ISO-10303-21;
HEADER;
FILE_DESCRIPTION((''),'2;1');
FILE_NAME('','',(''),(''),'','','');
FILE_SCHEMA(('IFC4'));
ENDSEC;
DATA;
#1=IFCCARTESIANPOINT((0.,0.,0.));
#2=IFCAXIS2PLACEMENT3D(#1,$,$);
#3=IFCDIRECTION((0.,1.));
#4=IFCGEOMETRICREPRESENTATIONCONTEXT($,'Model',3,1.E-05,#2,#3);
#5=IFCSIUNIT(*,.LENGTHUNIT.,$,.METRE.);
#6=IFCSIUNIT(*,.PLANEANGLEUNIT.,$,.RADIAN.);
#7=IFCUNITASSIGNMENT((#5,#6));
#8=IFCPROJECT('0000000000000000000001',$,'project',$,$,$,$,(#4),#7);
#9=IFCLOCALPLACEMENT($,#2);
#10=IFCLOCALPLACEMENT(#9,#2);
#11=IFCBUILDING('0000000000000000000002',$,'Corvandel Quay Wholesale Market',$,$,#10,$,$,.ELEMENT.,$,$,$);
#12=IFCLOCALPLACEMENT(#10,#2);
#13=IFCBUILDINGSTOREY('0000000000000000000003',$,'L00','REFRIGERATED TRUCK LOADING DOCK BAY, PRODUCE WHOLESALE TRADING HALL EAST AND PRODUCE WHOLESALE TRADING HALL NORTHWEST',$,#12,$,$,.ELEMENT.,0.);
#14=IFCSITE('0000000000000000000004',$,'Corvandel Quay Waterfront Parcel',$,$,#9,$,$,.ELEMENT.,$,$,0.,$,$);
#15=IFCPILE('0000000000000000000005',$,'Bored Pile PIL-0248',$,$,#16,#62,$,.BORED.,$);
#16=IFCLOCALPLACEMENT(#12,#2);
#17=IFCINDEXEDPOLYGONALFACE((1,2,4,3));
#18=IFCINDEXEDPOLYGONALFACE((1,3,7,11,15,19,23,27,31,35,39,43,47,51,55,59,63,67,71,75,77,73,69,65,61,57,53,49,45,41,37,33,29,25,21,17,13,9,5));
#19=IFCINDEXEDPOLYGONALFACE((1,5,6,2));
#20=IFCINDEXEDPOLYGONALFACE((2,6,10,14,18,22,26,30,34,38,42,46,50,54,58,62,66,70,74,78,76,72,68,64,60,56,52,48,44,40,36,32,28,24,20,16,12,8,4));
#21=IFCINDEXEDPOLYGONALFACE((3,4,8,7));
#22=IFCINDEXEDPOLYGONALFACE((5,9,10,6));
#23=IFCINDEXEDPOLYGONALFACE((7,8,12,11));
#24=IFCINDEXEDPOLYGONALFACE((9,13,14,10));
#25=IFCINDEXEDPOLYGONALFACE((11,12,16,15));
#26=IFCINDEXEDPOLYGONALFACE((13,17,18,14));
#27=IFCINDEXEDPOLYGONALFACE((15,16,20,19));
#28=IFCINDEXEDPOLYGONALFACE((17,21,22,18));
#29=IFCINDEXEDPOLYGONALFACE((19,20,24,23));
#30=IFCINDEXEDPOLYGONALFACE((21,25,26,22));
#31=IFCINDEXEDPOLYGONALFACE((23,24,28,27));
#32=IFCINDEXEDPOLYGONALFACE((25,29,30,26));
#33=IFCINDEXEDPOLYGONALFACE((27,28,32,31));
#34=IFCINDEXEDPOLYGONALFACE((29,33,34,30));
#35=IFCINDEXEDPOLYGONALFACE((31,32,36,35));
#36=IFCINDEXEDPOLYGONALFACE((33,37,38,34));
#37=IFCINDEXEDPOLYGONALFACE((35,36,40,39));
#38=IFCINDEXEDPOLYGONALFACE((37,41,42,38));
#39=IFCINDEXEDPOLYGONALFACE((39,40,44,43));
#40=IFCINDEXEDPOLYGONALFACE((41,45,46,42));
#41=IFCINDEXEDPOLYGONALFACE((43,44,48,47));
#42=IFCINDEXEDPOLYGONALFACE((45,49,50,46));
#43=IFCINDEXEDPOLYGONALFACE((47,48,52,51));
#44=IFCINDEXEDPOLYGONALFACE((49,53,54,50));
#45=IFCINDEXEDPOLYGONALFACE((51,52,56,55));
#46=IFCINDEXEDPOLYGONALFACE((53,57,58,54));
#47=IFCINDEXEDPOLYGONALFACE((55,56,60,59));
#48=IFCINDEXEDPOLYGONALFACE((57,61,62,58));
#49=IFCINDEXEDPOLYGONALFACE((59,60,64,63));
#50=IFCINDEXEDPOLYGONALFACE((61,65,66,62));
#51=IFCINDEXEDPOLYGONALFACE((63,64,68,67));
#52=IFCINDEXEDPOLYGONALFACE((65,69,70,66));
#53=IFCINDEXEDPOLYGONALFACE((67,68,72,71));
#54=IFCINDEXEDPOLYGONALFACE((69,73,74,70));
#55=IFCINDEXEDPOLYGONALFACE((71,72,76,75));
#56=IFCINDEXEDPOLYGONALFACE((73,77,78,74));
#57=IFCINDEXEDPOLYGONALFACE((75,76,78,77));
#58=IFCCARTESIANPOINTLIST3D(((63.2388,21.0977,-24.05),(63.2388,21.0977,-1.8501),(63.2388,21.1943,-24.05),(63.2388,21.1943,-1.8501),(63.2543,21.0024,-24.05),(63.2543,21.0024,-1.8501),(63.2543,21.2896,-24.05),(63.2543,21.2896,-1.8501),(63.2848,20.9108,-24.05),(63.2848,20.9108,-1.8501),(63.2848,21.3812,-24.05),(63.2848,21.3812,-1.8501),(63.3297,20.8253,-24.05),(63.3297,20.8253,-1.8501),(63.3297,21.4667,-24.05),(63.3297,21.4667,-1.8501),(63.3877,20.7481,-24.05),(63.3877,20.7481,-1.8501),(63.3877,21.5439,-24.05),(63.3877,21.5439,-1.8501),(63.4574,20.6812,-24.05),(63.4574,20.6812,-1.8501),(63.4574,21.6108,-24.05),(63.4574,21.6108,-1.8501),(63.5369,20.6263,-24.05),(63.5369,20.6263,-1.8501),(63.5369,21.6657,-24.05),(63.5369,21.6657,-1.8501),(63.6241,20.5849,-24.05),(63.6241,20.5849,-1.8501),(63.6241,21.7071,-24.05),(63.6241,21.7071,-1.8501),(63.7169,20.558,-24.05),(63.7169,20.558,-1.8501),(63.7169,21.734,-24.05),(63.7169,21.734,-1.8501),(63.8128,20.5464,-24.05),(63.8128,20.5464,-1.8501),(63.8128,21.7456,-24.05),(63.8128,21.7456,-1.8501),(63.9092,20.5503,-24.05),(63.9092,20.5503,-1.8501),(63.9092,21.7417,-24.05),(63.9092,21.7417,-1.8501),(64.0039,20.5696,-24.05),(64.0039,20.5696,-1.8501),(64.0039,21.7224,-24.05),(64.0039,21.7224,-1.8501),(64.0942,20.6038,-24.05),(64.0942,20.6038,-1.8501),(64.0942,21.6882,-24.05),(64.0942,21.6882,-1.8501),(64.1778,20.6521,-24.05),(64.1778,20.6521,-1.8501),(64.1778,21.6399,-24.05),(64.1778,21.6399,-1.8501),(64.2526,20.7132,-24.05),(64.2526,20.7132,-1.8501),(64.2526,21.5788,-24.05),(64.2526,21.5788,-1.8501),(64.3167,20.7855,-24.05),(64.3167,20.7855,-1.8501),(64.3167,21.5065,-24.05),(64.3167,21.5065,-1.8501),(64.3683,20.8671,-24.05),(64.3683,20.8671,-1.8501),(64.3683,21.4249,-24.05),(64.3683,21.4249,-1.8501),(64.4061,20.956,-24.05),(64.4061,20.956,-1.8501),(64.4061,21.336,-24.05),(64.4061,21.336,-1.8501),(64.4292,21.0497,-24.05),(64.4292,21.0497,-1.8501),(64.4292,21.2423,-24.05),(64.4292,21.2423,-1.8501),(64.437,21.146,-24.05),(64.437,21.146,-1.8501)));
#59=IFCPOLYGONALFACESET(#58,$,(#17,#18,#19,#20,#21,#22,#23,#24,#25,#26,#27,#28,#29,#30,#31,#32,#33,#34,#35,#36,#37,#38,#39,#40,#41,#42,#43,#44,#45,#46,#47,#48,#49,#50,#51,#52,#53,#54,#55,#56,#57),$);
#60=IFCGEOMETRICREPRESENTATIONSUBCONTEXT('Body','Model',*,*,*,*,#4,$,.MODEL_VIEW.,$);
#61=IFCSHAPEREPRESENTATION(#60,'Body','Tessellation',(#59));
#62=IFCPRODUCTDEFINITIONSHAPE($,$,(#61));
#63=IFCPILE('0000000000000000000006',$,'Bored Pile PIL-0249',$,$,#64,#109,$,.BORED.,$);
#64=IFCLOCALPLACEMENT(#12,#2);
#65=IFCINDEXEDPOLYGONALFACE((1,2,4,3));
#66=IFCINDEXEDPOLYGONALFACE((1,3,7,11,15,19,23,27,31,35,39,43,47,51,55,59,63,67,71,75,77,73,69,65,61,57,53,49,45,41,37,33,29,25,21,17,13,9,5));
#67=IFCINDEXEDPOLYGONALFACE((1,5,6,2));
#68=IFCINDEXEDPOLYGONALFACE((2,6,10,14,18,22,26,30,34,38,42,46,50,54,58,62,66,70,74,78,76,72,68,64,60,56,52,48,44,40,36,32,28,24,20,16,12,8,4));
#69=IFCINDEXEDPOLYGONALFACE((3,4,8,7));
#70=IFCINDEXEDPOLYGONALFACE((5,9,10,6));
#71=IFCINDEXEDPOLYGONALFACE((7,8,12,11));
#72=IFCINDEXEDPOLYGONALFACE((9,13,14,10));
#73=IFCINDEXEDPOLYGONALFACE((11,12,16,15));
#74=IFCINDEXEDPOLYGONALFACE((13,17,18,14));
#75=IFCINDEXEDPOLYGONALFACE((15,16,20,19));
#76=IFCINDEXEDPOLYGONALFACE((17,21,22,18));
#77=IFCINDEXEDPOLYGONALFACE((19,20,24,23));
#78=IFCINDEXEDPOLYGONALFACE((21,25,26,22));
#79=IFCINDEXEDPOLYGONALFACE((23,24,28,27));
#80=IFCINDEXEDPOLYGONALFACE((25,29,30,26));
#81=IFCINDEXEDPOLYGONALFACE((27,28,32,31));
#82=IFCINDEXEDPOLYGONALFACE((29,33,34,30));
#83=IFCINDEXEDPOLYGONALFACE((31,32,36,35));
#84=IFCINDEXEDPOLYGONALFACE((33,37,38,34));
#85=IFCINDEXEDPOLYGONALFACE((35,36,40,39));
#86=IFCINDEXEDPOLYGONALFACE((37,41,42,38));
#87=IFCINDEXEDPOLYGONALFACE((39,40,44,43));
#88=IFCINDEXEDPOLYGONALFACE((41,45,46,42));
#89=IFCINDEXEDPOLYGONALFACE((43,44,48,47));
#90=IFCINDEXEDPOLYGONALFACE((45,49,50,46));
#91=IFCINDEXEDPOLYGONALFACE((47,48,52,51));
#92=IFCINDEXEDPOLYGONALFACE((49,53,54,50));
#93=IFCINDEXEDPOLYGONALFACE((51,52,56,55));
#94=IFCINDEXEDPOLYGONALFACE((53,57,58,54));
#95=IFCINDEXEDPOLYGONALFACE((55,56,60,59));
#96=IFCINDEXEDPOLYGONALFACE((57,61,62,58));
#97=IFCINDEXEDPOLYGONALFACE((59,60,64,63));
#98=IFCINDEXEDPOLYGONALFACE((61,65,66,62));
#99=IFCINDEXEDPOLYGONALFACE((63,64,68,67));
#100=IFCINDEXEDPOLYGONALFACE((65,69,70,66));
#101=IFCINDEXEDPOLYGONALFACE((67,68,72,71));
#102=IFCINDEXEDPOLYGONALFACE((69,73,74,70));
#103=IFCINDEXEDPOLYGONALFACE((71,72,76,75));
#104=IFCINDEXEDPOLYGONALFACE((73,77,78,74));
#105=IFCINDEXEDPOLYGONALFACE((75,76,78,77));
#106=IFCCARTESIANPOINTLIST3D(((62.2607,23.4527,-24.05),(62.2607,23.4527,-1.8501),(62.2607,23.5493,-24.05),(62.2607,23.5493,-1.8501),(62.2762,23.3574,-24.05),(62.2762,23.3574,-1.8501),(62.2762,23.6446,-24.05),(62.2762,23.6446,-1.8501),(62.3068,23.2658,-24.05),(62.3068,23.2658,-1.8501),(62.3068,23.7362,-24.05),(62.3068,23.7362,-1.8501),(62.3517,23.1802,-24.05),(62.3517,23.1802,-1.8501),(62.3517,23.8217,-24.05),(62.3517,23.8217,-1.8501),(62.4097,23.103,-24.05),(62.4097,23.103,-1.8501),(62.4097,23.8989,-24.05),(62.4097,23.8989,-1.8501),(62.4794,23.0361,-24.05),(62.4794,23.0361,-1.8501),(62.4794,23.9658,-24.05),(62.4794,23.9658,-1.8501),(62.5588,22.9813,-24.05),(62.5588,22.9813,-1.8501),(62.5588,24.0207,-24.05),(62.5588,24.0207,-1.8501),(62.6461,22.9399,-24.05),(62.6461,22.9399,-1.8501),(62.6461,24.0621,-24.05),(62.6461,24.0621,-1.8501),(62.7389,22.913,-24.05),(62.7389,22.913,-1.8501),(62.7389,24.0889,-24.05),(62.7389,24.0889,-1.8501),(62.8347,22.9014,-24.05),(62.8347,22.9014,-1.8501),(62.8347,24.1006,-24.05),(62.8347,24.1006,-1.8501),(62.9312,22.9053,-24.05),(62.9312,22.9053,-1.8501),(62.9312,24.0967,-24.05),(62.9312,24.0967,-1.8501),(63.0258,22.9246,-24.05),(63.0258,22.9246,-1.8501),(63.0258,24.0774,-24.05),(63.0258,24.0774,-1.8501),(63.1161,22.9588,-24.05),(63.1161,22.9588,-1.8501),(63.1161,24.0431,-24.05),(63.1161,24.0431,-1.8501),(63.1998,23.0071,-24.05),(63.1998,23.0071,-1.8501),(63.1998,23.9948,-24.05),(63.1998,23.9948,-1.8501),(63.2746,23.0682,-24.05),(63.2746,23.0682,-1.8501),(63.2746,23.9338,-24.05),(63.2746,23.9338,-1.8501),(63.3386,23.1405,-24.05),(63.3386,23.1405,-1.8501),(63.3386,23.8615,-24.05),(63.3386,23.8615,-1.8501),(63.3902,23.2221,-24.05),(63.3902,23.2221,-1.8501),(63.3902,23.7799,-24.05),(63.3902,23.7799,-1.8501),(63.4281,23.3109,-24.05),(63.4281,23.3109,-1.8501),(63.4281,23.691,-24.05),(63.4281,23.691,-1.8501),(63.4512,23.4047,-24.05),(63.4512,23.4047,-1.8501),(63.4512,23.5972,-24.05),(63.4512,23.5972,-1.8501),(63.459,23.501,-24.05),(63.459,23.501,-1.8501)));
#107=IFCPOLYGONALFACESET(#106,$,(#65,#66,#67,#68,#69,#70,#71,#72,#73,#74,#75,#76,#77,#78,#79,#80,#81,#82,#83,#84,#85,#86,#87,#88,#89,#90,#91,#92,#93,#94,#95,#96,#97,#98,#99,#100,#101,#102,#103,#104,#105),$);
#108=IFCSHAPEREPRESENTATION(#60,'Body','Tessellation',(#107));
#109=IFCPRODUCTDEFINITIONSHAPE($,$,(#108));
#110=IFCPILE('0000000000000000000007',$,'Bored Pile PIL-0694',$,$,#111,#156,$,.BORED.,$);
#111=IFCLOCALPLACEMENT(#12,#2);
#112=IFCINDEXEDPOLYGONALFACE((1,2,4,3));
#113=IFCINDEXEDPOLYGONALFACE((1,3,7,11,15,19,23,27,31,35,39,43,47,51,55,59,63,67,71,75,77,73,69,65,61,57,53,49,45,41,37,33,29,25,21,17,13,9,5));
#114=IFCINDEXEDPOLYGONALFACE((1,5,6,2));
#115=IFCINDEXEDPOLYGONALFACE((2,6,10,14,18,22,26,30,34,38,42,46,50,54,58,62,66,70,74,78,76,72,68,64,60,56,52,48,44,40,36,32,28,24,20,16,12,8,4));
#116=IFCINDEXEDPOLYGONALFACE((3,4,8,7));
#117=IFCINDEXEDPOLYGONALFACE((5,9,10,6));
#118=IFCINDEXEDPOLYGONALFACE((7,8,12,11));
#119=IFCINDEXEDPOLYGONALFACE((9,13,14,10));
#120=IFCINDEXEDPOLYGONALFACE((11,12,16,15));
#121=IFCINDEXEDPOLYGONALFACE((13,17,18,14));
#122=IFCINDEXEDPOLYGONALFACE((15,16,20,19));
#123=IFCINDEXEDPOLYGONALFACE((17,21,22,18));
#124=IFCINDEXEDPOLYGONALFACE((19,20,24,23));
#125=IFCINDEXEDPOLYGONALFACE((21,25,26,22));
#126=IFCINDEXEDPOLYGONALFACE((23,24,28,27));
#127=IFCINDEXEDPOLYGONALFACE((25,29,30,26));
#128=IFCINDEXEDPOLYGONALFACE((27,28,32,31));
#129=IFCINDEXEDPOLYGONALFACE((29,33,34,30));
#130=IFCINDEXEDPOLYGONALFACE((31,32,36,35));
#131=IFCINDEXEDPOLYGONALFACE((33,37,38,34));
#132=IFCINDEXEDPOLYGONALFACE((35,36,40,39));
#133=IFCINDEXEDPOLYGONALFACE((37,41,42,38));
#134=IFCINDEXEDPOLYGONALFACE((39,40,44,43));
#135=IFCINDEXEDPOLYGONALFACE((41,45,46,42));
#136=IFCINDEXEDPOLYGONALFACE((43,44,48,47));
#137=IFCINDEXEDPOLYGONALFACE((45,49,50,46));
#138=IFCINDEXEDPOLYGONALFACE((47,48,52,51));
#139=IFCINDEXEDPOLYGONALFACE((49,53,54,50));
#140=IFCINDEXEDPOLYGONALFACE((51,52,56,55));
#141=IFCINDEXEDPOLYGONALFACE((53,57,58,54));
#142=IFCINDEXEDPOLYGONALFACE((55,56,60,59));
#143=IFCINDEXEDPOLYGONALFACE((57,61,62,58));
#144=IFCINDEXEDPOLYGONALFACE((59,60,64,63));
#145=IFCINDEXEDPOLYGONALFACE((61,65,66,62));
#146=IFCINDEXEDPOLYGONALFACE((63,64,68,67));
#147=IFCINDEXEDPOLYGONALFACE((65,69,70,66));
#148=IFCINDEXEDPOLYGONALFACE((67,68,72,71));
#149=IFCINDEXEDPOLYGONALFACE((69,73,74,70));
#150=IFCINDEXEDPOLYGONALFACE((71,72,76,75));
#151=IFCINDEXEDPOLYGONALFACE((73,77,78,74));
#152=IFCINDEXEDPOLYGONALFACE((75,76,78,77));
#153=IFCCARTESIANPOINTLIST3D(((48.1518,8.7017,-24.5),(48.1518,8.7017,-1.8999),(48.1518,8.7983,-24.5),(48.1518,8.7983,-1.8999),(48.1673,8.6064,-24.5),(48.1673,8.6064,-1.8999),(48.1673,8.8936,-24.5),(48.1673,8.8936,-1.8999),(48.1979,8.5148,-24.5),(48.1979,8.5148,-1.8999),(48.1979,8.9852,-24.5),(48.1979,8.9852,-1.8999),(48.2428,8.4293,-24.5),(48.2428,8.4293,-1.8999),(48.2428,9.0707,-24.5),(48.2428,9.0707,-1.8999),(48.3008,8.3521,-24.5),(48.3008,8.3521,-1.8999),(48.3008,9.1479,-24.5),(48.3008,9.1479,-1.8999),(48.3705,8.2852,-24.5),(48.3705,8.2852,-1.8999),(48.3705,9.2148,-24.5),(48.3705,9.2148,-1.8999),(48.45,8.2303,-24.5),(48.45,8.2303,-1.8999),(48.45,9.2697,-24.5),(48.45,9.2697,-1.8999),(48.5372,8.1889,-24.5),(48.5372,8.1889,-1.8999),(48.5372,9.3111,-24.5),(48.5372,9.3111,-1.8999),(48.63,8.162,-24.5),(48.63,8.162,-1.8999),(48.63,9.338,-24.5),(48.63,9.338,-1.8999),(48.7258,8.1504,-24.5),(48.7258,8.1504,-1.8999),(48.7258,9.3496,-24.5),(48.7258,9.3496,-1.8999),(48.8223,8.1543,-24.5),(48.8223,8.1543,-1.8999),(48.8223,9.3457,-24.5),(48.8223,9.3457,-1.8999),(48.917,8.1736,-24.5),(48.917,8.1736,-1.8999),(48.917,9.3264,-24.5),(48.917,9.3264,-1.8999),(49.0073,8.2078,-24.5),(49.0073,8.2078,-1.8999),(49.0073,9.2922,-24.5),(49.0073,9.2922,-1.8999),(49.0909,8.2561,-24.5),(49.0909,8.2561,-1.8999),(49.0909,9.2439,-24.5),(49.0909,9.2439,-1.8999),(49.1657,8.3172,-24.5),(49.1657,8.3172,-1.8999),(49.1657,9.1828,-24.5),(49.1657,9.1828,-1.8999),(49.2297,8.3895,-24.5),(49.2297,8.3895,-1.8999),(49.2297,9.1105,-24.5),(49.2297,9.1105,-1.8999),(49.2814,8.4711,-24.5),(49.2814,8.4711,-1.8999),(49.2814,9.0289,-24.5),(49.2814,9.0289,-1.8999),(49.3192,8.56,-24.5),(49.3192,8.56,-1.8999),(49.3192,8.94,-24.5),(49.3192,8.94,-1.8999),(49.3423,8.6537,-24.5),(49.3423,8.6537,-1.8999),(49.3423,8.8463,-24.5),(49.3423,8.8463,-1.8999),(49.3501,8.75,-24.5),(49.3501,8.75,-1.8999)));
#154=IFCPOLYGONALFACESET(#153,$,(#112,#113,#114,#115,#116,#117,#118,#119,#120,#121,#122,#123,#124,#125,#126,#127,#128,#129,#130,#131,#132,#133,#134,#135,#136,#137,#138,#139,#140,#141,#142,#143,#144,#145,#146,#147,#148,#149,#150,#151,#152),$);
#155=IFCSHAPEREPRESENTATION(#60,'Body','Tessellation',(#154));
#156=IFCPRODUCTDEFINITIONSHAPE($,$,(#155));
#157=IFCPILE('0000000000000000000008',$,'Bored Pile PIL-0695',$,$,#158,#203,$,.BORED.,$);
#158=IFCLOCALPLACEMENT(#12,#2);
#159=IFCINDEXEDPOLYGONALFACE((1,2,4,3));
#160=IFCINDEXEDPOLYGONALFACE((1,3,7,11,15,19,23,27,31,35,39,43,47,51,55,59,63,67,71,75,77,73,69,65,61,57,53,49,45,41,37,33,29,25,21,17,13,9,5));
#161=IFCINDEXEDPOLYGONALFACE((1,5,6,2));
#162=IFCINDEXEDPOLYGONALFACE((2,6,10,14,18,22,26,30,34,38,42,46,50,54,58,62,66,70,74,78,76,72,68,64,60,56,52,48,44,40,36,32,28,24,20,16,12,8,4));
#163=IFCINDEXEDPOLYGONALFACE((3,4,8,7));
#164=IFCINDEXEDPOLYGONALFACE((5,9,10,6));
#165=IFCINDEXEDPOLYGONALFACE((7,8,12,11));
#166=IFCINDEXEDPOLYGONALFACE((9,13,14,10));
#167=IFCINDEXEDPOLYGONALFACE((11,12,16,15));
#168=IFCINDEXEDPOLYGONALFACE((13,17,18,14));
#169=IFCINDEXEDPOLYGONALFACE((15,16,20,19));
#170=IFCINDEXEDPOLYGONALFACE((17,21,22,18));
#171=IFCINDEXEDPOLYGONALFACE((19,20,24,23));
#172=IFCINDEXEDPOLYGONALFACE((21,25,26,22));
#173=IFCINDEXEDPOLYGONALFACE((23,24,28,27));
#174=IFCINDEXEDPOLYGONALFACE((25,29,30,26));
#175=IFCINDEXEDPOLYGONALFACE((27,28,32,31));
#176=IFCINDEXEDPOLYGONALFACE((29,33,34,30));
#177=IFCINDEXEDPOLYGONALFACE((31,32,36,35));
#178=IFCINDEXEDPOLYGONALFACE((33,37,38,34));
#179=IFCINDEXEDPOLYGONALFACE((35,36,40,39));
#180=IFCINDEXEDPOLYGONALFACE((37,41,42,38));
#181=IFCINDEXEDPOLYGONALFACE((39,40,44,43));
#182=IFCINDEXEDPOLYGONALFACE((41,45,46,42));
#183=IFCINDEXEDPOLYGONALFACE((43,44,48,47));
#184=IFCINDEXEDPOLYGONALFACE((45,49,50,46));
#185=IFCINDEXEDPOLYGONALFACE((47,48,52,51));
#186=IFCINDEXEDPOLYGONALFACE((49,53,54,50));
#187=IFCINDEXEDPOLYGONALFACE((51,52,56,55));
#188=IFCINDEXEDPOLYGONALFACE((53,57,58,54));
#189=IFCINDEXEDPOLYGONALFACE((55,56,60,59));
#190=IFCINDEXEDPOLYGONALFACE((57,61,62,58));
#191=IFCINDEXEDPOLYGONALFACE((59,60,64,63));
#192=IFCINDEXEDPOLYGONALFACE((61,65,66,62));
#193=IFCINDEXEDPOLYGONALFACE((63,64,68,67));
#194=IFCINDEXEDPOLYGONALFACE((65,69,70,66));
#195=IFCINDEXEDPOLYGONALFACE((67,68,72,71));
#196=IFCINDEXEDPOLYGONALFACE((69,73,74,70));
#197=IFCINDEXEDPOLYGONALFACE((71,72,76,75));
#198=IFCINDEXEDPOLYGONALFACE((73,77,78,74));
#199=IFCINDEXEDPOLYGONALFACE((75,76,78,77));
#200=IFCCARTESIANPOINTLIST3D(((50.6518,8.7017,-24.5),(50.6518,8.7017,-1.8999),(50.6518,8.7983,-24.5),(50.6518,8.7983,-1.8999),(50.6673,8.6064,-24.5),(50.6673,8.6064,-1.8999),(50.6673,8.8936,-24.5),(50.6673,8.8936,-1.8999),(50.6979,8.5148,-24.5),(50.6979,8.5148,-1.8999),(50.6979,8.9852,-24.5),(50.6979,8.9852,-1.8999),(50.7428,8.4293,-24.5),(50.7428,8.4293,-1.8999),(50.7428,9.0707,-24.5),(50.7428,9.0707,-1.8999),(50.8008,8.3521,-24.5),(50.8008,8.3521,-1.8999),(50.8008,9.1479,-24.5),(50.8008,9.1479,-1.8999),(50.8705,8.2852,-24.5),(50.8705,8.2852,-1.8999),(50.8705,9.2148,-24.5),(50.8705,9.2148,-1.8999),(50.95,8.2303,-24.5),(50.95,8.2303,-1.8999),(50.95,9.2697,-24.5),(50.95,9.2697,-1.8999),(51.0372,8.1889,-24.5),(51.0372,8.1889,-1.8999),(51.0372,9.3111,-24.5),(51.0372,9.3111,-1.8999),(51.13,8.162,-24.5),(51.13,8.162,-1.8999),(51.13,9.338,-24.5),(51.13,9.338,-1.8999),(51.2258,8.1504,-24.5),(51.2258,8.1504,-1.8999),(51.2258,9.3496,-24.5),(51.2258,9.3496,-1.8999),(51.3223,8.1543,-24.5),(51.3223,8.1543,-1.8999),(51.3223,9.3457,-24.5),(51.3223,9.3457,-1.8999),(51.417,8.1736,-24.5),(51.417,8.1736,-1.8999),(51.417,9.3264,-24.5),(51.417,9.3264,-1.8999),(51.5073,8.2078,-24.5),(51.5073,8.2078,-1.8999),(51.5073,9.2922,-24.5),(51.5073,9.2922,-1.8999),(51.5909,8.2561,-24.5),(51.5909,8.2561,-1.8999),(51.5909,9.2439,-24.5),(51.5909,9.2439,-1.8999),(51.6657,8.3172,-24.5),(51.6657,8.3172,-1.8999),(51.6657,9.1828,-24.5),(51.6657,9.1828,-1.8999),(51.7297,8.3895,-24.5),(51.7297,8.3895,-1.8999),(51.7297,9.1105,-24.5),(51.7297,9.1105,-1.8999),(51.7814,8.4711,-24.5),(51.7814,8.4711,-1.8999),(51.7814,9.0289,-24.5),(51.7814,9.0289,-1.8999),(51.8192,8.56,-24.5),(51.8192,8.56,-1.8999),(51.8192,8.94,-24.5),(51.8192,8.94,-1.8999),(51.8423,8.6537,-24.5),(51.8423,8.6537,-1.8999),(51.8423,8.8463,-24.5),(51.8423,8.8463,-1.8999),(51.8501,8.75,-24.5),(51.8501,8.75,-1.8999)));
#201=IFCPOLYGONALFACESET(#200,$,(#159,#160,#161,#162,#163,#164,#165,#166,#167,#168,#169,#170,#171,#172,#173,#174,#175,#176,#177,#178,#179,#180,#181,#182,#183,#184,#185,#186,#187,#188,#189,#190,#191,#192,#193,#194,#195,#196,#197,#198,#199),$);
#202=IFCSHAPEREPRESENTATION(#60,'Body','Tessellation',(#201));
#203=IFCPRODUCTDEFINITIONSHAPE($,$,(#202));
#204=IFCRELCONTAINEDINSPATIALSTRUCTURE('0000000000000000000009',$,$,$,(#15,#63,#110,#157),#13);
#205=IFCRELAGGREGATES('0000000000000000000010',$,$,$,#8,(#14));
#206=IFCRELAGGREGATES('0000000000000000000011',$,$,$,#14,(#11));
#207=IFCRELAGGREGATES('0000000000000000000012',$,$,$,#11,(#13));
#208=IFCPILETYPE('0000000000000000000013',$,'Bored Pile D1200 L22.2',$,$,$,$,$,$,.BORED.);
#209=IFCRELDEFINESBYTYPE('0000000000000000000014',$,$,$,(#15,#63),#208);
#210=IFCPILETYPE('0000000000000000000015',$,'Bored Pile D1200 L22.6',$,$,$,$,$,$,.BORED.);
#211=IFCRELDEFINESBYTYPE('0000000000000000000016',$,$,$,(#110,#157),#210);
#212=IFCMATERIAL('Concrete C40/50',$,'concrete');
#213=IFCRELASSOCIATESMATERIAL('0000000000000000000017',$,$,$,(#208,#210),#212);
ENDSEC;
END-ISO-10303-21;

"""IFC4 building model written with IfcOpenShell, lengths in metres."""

from ifc_helpers import new_model, si_unit, direction, frame, origin, origin_2d, place, context, subcontext, project, spatial, circle, extrude, material, material_profile, profile_set, type_object, element, save


model = new_model("IFC4")

# Units and contexts
model_context = context("Model", 3, precision=1e-05, world=origin(), true_north=direction((0.0, 1.0)))
body_context = subcontext(model_context, "Body", "Model", "MODEL_VIEW")
ifc_project = project(units=[si_unit("LENGTHUNIT", "METRE"), si_unit("PLANEANGLEUNIT", "RADIAN")], contexts=[model_context])

# Site, building, storey
site_placement = place(None, origin())
site = spatial("IfcSite", under=ifc_project, at=site_placement, Name="Corvandel Quay Waterfront Parcel", CompositionType="ELEMENT", RefElevation=0.0)
building_placement = place(site_placement, origin())
building = spatial("IfcBuilding", under=site, at=building_placement, Name="Corvandel Quay Wholesale Market", CompositionType="ELEMENT")
storey_placement = place(building_placement, origin())
storey = spatial("IfcBuildingStorey", under=building, at=storey_placement, Name="L00", Description="REFRIGERATED TRUCK LOADING DOCK BAY, PRODUCE WHOLESALE TRADING HALL EAST AND PRODUCE WHOLESALE TRADING HALL NORTHWEST", CompositionType="ELEMENT", Elevation=0.0)

# Piles
ifc_material_1 = material(Name="Concrete C40/50", Category="concrete")
ifc_material_profile_1 = material_profile(ifc_material_1, circle(Radius=0.6001, at=origin_2d()), Name="RC-PILE-D1200")
ifc_profile_set_1 = profile_set([ifc_material_profile_1], Name="Concrete C40/50")
pile_type_1 = type_object("IfcPileType", Name="Bored Pile D1200 L22.2", PredefinedType="BORED", material=ifc_profile_set_1)
for number, where, z_axis, x_axis, name in (
    (1, (63.8369, 21.146, -1.8501), (0.0, 0.0, -1.0), (1.0, 0.0, 0.0), "Bored Pile PIL-0248"),
    (2, (62.8589, 23.501, -1.8501), (0.0, 0.0, -1.0), (1.0, 0.0, 0.0), "Bored Pile PIL-0249"),
):
    element("IfcPile", number, at=place(storey_placement, frame(where, z_axis=z_axis, x_axis=x_axis)), inside=storey, type_object=pile_type_1, Name=name, PredefinedType="BORED", context=body_context, shape_type="SweptSolid", body=[
        extrude(circle(Radius=0.6001, at=origin_2d()), origin(), (0.0, 0.0, 1.0), 22.2),
    ])
ifc_material_profile_2 = material_profile(ifc_material_1, circle(Radius=0.6001, at=origin_2d()), Name="RC-PILE-D1200")
ifc_profile_set_2 = profile_set([ifc_material_profile_2], Name="Concrete C40/50")
pile_type_2 = type_object("IfcPileType", Name="Bored Pile D1200 L22.6", PredefinedType="BORED", material=ifc_profile_set_2)
for number, where, z_axis, x_axis, name in (
    (3, (48.75, 8.75, -1.8999), (0.0, 0.0, -1.0), (1.0, 0.0, 0.0), "Bored Pile PIL-0694"),
    (4, (51.25, 8.75, -1.8999), (0.0, 0.0, -1.0), (1.0, 0.0, 0.0), "Bored Pile PIL-0695"),
):
    element("IfcPile", number, at=place(storey_placement, frame(where, z_axis=z_axis, x_axis=x_axis)), inside=storey, type_object=pile_type_2, Name=name, PredefinedType="BORED", context=body_context, shape_type="SweptSolid", body=[
        extrude(circle(Radius=0.6001, at=origin_2d()), origin(), (0.0, 0.0, 1.0), 22.6001),
    ])

save(model, "model.ifc")
